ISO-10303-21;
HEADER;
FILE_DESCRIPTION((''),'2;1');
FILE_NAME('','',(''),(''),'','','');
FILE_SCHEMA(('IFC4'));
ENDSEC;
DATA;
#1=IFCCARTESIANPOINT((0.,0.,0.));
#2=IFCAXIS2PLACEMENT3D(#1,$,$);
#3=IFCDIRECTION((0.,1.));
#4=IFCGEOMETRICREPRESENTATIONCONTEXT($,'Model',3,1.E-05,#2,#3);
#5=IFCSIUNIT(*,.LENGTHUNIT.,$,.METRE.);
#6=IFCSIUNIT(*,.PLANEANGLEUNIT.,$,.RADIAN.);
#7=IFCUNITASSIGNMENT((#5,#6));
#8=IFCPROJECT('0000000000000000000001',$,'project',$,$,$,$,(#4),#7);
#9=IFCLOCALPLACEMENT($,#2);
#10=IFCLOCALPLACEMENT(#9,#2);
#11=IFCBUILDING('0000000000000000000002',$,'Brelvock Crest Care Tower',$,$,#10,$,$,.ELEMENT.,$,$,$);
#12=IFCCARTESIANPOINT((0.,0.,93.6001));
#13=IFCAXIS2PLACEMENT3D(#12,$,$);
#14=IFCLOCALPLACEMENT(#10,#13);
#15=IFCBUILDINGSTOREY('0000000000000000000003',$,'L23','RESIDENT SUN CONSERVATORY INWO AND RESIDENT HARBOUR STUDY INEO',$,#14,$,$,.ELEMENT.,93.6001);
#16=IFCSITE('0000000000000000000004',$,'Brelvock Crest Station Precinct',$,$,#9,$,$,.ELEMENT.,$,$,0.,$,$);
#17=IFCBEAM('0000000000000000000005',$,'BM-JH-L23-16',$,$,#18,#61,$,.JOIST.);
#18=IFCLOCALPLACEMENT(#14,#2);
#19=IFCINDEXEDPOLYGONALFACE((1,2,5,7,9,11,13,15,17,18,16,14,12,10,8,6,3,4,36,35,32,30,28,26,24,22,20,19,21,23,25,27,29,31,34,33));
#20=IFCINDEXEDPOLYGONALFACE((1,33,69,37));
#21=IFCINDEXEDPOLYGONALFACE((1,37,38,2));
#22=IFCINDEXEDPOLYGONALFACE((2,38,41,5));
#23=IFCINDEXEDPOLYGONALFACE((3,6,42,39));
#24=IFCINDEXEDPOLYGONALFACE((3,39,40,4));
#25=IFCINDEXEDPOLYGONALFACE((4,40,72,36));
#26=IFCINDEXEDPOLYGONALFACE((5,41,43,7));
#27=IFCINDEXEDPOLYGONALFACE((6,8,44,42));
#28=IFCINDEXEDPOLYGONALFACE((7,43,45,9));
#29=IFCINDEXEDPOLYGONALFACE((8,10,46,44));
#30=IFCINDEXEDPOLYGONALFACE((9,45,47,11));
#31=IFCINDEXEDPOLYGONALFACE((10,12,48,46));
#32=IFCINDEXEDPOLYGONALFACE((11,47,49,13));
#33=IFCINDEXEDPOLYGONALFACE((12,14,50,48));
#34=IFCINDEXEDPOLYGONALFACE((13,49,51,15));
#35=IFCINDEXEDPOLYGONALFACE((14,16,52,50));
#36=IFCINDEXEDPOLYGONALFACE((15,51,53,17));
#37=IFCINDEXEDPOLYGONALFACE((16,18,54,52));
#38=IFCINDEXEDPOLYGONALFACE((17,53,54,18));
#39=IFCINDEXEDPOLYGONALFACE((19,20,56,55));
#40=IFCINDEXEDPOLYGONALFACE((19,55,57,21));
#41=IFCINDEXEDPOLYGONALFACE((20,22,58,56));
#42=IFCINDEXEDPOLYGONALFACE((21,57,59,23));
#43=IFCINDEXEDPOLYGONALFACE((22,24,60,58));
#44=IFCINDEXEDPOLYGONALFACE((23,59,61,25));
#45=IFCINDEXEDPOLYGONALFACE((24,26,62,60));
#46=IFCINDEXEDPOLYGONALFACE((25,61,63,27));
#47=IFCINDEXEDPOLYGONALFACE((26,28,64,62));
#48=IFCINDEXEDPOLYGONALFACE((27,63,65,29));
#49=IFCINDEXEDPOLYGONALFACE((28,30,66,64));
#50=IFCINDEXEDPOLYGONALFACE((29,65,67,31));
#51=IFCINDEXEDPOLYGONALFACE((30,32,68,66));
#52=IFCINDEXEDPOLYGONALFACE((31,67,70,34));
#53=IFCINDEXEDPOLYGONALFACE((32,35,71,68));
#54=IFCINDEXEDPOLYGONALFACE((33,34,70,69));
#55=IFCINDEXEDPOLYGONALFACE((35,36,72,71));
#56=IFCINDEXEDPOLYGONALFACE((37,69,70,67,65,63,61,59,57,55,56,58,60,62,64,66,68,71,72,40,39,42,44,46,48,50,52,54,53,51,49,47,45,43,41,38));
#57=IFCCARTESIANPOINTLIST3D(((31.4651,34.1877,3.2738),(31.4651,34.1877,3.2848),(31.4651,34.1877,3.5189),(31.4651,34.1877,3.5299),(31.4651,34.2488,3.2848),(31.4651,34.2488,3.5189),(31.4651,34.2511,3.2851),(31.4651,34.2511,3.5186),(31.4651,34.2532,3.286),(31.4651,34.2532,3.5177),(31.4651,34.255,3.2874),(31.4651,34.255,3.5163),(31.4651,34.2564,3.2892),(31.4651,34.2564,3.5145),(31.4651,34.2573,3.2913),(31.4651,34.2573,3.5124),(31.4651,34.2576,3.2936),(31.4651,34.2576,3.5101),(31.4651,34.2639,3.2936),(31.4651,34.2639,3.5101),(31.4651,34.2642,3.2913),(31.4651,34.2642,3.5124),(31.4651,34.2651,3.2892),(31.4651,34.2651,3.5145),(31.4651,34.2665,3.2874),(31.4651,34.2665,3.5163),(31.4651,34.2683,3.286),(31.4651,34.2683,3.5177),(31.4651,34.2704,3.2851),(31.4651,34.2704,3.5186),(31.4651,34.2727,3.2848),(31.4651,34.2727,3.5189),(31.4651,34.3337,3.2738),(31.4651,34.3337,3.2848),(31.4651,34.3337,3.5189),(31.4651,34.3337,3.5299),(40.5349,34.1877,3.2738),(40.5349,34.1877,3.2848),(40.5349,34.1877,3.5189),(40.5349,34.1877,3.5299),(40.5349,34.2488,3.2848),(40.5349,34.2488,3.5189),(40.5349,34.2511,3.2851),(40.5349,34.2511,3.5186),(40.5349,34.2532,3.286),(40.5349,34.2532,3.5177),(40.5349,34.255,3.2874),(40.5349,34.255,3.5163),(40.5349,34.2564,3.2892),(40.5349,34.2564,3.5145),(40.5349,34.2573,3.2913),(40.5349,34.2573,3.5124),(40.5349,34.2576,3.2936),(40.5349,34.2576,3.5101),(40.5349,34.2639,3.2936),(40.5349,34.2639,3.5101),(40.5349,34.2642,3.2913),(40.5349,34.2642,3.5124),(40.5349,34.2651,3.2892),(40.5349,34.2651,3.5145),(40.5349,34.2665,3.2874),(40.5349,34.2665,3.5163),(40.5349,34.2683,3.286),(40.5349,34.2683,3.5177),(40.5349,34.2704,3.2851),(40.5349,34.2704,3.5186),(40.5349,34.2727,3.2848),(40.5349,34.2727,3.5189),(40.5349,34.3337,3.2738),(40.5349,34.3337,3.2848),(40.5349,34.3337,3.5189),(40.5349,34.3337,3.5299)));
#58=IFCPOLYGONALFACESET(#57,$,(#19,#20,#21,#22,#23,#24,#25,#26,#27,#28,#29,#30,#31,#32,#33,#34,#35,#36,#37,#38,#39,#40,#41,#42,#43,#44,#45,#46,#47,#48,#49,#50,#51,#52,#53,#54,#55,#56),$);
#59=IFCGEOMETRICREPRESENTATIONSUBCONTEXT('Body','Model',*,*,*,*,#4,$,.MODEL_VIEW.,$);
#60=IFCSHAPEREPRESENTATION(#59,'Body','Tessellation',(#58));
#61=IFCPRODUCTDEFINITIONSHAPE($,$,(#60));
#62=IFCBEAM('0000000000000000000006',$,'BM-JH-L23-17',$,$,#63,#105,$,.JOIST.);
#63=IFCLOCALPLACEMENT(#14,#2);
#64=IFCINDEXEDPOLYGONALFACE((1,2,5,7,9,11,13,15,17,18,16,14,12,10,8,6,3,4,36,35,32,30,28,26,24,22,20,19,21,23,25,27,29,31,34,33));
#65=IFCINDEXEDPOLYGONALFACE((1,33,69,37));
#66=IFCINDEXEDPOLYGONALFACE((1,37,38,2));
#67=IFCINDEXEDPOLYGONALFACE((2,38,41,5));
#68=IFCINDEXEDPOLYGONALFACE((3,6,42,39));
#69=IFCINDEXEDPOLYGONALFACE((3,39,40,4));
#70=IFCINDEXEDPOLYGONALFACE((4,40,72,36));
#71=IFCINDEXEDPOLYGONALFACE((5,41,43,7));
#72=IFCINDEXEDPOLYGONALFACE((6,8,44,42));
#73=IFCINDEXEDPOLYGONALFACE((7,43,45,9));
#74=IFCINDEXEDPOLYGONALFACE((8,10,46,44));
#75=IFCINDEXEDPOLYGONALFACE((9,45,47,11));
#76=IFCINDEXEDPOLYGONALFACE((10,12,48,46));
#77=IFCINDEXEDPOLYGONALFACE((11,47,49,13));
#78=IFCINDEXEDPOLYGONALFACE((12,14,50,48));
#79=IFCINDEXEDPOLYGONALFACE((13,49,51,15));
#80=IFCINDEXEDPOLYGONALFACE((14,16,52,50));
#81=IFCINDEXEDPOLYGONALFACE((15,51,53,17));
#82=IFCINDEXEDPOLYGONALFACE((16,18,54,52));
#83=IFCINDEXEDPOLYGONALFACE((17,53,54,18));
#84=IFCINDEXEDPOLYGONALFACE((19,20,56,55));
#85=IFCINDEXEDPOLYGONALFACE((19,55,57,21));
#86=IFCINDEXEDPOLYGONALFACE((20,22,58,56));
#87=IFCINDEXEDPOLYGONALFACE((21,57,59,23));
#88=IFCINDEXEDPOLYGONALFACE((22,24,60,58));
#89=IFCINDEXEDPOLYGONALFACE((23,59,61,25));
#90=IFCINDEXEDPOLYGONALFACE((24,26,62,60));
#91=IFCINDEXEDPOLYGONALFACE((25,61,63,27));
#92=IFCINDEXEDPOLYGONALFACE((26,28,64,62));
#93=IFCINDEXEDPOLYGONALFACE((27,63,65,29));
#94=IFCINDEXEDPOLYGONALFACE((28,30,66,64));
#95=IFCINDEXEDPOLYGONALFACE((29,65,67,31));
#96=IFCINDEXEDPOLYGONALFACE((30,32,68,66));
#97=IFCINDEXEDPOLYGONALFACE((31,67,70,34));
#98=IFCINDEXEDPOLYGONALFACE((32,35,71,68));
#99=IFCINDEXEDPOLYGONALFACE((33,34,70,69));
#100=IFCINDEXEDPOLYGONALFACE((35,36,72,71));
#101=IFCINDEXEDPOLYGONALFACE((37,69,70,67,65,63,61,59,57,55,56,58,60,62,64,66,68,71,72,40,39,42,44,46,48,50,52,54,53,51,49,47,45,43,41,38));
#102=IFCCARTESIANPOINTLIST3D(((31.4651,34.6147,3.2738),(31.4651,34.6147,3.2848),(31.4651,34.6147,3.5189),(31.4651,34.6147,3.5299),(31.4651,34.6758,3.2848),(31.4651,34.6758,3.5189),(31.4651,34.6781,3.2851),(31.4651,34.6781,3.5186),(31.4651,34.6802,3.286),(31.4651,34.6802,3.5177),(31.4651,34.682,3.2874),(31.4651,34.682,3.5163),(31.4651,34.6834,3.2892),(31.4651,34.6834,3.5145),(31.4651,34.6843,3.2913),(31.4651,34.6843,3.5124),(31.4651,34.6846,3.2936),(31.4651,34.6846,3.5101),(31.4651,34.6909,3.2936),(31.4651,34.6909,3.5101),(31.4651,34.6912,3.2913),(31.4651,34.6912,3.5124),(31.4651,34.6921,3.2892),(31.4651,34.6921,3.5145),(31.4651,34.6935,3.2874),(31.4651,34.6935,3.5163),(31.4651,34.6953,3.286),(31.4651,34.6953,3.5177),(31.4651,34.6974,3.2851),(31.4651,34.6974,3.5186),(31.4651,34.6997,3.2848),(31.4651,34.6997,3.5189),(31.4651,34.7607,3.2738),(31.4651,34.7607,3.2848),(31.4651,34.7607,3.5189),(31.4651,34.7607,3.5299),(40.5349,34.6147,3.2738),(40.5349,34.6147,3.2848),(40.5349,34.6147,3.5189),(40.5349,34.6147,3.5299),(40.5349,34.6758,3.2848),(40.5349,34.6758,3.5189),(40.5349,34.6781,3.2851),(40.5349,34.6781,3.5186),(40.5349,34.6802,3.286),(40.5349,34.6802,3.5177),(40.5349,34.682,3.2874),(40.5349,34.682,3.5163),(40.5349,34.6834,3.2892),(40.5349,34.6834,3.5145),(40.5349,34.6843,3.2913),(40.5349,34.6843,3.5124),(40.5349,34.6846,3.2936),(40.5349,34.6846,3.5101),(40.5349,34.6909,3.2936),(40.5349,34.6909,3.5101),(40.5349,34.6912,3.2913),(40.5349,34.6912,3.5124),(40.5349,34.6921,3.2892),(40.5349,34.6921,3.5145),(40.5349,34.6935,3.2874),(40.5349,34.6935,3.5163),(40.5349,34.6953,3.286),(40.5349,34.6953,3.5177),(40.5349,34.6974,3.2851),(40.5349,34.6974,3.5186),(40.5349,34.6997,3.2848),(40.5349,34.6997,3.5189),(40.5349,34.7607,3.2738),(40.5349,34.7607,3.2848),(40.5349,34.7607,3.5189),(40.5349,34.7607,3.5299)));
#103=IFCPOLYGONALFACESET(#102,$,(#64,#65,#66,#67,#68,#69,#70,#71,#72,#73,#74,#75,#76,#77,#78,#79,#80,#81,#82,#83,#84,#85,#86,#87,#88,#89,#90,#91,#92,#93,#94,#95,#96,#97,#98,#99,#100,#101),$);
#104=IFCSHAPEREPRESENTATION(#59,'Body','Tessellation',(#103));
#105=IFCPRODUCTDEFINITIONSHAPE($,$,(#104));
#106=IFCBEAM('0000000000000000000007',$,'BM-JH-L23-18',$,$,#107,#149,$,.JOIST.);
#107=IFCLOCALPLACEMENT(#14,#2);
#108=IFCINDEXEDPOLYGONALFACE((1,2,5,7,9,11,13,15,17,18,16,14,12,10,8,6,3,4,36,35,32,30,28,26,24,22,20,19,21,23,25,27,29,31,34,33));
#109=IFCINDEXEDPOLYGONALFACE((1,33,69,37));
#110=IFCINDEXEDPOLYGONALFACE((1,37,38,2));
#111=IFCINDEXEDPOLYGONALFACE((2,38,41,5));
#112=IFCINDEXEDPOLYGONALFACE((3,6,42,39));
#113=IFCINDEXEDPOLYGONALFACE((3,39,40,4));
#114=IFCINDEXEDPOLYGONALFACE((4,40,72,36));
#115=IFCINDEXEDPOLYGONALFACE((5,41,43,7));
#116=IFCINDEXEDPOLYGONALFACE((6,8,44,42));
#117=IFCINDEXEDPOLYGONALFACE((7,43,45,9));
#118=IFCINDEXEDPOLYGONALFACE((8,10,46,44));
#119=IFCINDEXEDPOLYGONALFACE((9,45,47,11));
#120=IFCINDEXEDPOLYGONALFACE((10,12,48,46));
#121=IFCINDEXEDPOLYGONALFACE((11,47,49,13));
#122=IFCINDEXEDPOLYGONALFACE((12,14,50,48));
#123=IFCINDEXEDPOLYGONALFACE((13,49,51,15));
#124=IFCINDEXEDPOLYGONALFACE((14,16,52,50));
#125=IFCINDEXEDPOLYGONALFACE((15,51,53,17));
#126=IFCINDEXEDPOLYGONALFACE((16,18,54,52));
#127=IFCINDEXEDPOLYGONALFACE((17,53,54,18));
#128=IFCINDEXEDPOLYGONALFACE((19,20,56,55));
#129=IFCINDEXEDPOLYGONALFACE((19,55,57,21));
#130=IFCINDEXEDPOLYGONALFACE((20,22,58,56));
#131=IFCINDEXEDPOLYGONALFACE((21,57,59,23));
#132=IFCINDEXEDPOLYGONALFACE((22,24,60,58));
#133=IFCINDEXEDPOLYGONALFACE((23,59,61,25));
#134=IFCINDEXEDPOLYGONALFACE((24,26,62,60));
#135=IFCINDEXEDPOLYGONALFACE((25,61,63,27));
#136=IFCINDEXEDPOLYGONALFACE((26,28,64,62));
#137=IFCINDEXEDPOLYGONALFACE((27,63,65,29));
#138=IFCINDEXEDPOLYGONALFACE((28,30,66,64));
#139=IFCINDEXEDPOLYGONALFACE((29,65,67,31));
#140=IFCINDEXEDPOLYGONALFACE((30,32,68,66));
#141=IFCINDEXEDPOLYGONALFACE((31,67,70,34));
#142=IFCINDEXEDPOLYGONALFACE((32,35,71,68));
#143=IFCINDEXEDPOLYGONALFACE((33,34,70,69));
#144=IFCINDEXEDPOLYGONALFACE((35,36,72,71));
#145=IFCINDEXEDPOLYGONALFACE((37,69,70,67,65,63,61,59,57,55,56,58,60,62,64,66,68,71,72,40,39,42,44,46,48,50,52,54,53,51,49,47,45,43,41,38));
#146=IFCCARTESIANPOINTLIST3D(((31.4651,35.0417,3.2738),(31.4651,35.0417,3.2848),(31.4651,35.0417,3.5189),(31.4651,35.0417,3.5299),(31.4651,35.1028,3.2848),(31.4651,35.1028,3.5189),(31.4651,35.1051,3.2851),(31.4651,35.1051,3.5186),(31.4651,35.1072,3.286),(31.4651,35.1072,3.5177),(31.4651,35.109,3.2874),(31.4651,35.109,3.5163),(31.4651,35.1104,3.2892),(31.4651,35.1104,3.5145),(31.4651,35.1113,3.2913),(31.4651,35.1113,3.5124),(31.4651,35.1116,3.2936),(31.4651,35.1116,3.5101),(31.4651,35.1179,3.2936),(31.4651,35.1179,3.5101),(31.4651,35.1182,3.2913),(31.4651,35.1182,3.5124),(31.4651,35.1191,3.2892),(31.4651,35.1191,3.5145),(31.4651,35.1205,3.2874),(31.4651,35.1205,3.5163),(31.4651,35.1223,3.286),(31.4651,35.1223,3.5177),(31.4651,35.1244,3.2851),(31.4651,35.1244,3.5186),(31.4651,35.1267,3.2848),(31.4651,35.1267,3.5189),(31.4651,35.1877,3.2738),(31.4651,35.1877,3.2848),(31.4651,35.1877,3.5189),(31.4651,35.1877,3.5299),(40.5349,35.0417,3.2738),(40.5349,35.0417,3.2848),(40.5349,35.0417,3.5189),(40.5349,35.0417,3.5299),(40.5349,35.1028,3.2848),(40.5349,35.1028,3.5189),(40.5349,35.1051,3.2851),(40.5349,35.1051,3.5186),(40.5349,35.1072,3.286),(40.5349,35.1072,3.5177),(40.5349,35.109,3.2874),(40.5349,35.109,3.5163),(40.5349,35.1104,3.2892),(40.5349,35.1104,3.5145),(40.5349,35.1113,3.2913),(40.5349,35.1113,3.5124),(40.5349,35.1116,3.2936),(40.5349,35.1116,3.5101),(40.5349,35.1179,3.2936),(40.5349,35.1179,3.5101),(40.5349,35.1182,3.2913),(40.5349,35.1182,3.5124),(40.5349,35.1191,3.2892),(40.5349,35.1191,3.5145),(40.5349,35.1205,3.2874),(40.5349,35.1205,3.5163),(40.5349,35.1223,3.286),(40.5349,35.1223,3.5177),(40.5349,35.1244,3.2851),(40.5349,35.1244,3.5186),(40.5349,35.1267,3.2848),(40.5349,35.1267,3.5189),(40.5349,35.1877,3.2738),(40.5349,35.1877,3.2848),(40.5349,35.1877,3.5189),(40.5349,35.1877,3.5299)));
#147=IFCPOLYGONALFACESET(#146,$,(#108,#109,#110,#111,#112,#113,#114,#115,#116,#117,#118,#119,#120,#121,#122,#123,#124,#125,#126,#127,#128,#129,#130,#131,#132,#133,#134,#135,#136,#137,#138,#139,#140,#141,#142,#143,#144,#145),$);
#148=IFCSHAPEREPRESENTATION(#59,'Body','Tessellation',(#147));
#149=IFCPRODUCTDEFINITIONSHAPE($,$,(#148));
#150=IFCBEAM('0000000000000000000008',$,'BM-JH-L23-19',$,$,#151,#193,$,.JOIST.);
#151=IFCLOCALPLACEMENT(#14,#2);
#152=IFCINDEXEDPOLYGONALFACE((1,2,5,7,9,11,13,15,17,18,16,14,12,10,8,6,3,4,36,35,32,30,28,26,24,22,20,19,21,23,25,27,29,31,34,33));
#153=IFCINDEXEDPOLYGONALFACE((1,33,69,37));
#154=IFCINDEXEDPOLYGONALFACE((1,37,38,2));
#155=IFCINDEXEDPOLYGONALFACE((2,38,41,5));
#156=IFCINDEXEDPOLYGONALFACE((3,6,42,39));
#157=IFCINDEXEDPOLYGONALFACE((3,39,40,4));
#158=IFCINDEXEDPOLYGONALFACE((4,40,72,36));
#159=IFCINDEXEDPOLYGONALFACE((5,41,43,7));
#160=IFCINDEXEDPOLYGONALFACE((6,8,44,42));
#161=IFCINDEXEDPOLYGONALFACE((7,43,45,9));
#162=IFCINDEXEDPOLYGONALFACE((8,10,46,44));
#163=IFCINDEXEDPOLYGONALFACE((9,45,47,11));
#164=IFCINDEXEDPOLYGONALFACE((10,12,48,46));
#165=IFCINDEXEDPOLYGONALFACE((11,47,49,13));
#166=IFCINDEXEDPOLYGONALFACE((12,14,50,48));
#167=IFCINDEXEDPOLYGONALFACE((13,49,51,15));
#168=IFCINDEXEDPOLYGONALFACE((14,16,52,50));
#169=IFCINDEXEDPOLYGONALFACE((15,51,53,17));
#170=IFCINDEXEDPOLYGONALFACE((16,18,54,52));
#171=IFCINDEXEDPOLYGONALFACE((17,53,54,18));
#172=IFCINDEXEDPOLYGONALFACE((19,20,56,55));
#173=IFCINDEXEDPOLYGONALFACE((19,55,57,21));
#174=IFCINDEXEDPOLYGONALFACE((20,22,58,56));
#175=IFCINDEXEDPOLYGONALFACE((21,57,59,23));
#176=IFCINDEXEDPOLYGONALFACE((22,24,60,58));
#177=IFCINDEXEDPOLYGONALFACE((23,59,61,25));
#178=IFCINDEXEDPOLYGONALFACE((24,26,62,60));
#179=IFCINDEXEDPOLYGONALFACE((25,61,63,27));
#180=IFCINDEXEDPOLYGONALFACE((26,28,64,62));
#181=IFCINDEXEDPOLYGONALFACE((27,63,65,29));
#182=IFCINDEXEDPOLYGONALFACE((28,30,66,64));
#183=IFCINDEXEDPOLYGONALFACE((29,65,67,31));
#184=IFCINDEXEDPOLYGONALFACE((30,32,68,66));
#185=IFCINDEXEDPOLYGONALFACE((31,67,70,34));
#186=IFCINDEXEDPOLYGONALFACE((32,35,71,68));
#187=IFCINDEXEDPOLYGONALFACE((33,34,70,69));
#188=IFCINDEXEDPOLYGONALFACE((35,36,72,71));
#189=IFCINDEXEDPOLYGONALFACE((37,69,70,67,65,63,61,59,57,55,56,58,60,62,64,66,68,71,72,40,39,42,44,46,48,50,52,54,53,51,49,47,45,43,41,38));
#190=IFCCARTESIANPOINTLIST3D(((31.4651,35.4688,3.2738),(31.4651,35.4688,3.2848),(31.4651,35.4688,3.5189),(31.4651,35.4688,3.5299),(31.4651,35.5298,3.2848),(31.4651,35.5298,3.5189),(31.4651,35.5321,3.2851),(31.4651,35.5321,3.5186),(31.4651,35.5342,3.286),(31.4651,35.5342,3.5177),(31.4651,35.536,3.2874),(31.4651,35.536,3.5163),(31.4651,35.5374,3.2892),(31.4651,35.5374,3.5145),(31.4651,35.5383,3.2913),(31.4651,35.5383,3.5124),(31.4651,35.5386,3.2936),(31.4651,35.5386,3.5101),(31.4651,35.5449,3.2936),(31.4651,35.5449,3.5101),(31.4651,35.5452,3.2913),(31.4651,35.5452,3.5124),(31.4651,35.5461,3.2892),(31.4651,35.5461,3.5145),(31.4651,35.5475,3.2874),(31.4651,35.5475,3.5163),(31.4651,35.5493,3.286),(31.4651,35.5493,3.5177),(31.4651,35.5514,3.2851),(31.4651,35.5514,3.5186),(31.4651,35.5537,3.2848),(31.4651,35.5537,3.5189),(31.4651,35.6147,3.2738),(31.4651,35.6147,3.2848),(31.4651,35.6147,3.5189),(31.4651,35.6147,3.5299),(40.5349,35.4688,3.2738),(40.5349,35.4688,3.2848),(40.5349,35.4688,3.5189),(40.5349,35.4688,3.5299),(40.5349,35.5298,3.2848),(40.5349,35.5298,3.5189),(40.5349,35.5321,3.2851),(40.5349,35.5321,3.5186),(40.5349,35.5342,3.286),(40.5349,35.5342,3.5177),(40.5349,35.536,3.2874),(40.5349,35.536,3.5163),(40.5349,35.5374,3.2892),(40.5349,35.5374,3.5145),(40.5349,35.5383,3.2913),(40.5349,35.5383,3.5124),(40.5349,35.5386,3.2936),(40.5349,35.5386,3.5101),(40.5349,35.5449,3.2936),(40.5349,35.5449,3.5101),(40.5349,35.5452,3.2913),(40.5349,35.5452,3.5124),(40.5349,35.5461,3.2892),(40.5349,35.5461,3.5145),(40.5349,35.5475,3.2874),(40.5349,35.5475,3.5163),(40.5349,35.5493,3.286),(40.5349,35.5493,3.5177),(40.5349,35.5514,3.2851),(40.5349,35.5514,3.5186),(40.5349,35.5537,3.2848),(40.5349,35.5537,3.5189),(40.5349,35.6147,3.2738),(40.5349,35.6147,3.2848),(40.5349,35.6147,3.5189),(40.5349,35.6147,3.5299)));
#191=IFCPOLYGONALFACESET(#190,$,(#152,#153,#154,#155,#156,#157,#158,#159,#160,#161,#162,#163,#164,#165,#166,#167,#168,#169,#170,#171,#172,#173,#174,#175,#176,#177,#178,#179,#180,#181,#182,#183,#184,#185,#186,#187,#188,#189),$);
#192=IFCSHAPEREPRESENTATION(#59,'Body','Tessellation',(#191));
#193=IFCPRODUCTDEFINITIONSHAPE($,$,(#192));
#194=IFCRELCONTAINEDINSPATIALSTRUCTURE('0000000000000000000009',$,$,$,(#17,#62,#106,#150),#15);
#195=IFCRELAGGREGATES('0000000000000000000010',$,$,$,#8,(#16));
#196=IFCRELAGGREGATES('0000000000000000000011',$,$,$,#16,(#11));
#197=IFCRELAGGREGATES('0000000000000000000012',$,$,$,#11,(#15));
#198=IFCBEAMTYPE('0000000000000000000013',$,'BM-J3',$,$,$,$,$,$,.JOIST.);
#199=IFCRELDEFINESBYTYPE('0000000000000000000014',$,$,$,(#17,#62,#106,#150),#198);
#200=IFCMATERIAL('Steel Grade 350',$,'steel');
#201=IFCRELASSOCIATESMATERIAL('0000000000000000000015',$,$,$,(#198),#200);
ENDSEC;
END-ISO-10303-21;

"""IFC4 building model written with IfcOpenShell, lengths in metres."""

from ifc_helpers import new_model, si_unit, direction, frame, origin, origin_2d, place, context, subcontext, project, spatial, i_section, extrude, source, transform, mapped, material, material_profile, profile_set, type_object, element, save


model = new_model("IFC4")

# Units and contexts
model_context = context("Model", 3, precision=1e-05, world=origin(), true_north=direction((0.0, 1.0)))
body_context = subcontext(model_context, "Body", "Model", "MODEL_VIEW")
ifc_project = project(units=[si_unit("LENGTHUNIT", "METRE"), si_unit("PLANEANGLEUNIT", "RADIAN")], contexts=[model_context])

# Site, building, storey
site_placement = place(None, origin())
site = spatial("IfcSite", under=ifc_project, at=site_placement, Name="Brelvock Crest Station Precinct", CompositionType="ELEMENT", RefElevation=0.0)
building_placement = place(site_placement, origin())
building = spatial("IfcBuilding", under=site, at=building_placement, Name="Brelvock Crest Care Tower", CompositionType="ELEMENT")
storey_placement = place(building_placement, frame((0.0, 0.0, 93.6001)))
storey = spatial("IfcBuildingStorey", under=building, at=storey_placement, Name="L23", Description="RESIDENT SUN CONSERVATORY INWO AND RESIDENT HARBOUR STUDY INEO", CompositionType="ELEMENT", Elevation=93.6001)

# Beams
ifc_material_1 = material(Name="Steel Grade 350", Category="steel")
ifc_material_profile_1 = material_profile(ifc_material_1, i_section(OverallWidth=0.146, OverallDepth=0.2561, WebThickness=0.0063, FlangeThickness=0.011, FilletRadius=0.0088, at=origin_2d()), Name="250UB37.3")
ifc_profile_set_1 = profile_set([ifc_material_profile_1], Name="Steel Grade 350")
beam_type_1 = type_object("IfcBeamType", Name="BM-J3", PredefinedType="JOIST", material=ifc_profile_set_1)
shared_shape_1 = source(origin(), body_context, "Body", "SweptSolid", [
    extrude(i_section(OverallWidth=0.146, OverallDepth=0.2561, WebThickness=0.0063, FlangeThickness=0.011, FilletRadius=0.0088, at=origin_2d()), origin(), (0.0, 0.0, 1.0), 9.0698),
])
for number, where, z_axis, x_axis, name in (
    (1, (31.4651, 34.2607, 3.4019), (1.0, 0.0, 0.0), (0.0, 1.0, 0.0), "BM-JH-L23-16"),
    (2, (31.4651, 34.6877, 3.4019), (1.0, 0.0, 0.0), (0.0, 1.0, 0.0), "BM-JH-L23-17"),
    (3, (31.4651, 35.1147, 3.4019), (1.0, 0.0, 0.0), (0.0, 1.0, 0.0), "BM-JH-L23-18"),
    (4, (31.4651, 35.5417, 3.4019), (1.0, 0.0, 0.0), (0.0, 1.0, 0.0), "BM-JH-L23-19"),
):
    element("IfcBeam", number, at=place(storey_placement, frame(where, z_axis=z_axis, x_axis=x_axis)), inside=storey, type_object=beam_type_1, Name=name, PredefinedType="JOIST", context=body_context, shape_type="MappedRepresentation", body=[
        mapped(shared_shape_1, transform((0.0, 0.0, 0.0), x_axis=(1.0, 0.0, 0.0), y_axis=(0.0, 1.0, 0.0), z_axis=(0.0, 0.0, 1.0), scale=1.0)),
    ])

save(model, "model.ifc")
